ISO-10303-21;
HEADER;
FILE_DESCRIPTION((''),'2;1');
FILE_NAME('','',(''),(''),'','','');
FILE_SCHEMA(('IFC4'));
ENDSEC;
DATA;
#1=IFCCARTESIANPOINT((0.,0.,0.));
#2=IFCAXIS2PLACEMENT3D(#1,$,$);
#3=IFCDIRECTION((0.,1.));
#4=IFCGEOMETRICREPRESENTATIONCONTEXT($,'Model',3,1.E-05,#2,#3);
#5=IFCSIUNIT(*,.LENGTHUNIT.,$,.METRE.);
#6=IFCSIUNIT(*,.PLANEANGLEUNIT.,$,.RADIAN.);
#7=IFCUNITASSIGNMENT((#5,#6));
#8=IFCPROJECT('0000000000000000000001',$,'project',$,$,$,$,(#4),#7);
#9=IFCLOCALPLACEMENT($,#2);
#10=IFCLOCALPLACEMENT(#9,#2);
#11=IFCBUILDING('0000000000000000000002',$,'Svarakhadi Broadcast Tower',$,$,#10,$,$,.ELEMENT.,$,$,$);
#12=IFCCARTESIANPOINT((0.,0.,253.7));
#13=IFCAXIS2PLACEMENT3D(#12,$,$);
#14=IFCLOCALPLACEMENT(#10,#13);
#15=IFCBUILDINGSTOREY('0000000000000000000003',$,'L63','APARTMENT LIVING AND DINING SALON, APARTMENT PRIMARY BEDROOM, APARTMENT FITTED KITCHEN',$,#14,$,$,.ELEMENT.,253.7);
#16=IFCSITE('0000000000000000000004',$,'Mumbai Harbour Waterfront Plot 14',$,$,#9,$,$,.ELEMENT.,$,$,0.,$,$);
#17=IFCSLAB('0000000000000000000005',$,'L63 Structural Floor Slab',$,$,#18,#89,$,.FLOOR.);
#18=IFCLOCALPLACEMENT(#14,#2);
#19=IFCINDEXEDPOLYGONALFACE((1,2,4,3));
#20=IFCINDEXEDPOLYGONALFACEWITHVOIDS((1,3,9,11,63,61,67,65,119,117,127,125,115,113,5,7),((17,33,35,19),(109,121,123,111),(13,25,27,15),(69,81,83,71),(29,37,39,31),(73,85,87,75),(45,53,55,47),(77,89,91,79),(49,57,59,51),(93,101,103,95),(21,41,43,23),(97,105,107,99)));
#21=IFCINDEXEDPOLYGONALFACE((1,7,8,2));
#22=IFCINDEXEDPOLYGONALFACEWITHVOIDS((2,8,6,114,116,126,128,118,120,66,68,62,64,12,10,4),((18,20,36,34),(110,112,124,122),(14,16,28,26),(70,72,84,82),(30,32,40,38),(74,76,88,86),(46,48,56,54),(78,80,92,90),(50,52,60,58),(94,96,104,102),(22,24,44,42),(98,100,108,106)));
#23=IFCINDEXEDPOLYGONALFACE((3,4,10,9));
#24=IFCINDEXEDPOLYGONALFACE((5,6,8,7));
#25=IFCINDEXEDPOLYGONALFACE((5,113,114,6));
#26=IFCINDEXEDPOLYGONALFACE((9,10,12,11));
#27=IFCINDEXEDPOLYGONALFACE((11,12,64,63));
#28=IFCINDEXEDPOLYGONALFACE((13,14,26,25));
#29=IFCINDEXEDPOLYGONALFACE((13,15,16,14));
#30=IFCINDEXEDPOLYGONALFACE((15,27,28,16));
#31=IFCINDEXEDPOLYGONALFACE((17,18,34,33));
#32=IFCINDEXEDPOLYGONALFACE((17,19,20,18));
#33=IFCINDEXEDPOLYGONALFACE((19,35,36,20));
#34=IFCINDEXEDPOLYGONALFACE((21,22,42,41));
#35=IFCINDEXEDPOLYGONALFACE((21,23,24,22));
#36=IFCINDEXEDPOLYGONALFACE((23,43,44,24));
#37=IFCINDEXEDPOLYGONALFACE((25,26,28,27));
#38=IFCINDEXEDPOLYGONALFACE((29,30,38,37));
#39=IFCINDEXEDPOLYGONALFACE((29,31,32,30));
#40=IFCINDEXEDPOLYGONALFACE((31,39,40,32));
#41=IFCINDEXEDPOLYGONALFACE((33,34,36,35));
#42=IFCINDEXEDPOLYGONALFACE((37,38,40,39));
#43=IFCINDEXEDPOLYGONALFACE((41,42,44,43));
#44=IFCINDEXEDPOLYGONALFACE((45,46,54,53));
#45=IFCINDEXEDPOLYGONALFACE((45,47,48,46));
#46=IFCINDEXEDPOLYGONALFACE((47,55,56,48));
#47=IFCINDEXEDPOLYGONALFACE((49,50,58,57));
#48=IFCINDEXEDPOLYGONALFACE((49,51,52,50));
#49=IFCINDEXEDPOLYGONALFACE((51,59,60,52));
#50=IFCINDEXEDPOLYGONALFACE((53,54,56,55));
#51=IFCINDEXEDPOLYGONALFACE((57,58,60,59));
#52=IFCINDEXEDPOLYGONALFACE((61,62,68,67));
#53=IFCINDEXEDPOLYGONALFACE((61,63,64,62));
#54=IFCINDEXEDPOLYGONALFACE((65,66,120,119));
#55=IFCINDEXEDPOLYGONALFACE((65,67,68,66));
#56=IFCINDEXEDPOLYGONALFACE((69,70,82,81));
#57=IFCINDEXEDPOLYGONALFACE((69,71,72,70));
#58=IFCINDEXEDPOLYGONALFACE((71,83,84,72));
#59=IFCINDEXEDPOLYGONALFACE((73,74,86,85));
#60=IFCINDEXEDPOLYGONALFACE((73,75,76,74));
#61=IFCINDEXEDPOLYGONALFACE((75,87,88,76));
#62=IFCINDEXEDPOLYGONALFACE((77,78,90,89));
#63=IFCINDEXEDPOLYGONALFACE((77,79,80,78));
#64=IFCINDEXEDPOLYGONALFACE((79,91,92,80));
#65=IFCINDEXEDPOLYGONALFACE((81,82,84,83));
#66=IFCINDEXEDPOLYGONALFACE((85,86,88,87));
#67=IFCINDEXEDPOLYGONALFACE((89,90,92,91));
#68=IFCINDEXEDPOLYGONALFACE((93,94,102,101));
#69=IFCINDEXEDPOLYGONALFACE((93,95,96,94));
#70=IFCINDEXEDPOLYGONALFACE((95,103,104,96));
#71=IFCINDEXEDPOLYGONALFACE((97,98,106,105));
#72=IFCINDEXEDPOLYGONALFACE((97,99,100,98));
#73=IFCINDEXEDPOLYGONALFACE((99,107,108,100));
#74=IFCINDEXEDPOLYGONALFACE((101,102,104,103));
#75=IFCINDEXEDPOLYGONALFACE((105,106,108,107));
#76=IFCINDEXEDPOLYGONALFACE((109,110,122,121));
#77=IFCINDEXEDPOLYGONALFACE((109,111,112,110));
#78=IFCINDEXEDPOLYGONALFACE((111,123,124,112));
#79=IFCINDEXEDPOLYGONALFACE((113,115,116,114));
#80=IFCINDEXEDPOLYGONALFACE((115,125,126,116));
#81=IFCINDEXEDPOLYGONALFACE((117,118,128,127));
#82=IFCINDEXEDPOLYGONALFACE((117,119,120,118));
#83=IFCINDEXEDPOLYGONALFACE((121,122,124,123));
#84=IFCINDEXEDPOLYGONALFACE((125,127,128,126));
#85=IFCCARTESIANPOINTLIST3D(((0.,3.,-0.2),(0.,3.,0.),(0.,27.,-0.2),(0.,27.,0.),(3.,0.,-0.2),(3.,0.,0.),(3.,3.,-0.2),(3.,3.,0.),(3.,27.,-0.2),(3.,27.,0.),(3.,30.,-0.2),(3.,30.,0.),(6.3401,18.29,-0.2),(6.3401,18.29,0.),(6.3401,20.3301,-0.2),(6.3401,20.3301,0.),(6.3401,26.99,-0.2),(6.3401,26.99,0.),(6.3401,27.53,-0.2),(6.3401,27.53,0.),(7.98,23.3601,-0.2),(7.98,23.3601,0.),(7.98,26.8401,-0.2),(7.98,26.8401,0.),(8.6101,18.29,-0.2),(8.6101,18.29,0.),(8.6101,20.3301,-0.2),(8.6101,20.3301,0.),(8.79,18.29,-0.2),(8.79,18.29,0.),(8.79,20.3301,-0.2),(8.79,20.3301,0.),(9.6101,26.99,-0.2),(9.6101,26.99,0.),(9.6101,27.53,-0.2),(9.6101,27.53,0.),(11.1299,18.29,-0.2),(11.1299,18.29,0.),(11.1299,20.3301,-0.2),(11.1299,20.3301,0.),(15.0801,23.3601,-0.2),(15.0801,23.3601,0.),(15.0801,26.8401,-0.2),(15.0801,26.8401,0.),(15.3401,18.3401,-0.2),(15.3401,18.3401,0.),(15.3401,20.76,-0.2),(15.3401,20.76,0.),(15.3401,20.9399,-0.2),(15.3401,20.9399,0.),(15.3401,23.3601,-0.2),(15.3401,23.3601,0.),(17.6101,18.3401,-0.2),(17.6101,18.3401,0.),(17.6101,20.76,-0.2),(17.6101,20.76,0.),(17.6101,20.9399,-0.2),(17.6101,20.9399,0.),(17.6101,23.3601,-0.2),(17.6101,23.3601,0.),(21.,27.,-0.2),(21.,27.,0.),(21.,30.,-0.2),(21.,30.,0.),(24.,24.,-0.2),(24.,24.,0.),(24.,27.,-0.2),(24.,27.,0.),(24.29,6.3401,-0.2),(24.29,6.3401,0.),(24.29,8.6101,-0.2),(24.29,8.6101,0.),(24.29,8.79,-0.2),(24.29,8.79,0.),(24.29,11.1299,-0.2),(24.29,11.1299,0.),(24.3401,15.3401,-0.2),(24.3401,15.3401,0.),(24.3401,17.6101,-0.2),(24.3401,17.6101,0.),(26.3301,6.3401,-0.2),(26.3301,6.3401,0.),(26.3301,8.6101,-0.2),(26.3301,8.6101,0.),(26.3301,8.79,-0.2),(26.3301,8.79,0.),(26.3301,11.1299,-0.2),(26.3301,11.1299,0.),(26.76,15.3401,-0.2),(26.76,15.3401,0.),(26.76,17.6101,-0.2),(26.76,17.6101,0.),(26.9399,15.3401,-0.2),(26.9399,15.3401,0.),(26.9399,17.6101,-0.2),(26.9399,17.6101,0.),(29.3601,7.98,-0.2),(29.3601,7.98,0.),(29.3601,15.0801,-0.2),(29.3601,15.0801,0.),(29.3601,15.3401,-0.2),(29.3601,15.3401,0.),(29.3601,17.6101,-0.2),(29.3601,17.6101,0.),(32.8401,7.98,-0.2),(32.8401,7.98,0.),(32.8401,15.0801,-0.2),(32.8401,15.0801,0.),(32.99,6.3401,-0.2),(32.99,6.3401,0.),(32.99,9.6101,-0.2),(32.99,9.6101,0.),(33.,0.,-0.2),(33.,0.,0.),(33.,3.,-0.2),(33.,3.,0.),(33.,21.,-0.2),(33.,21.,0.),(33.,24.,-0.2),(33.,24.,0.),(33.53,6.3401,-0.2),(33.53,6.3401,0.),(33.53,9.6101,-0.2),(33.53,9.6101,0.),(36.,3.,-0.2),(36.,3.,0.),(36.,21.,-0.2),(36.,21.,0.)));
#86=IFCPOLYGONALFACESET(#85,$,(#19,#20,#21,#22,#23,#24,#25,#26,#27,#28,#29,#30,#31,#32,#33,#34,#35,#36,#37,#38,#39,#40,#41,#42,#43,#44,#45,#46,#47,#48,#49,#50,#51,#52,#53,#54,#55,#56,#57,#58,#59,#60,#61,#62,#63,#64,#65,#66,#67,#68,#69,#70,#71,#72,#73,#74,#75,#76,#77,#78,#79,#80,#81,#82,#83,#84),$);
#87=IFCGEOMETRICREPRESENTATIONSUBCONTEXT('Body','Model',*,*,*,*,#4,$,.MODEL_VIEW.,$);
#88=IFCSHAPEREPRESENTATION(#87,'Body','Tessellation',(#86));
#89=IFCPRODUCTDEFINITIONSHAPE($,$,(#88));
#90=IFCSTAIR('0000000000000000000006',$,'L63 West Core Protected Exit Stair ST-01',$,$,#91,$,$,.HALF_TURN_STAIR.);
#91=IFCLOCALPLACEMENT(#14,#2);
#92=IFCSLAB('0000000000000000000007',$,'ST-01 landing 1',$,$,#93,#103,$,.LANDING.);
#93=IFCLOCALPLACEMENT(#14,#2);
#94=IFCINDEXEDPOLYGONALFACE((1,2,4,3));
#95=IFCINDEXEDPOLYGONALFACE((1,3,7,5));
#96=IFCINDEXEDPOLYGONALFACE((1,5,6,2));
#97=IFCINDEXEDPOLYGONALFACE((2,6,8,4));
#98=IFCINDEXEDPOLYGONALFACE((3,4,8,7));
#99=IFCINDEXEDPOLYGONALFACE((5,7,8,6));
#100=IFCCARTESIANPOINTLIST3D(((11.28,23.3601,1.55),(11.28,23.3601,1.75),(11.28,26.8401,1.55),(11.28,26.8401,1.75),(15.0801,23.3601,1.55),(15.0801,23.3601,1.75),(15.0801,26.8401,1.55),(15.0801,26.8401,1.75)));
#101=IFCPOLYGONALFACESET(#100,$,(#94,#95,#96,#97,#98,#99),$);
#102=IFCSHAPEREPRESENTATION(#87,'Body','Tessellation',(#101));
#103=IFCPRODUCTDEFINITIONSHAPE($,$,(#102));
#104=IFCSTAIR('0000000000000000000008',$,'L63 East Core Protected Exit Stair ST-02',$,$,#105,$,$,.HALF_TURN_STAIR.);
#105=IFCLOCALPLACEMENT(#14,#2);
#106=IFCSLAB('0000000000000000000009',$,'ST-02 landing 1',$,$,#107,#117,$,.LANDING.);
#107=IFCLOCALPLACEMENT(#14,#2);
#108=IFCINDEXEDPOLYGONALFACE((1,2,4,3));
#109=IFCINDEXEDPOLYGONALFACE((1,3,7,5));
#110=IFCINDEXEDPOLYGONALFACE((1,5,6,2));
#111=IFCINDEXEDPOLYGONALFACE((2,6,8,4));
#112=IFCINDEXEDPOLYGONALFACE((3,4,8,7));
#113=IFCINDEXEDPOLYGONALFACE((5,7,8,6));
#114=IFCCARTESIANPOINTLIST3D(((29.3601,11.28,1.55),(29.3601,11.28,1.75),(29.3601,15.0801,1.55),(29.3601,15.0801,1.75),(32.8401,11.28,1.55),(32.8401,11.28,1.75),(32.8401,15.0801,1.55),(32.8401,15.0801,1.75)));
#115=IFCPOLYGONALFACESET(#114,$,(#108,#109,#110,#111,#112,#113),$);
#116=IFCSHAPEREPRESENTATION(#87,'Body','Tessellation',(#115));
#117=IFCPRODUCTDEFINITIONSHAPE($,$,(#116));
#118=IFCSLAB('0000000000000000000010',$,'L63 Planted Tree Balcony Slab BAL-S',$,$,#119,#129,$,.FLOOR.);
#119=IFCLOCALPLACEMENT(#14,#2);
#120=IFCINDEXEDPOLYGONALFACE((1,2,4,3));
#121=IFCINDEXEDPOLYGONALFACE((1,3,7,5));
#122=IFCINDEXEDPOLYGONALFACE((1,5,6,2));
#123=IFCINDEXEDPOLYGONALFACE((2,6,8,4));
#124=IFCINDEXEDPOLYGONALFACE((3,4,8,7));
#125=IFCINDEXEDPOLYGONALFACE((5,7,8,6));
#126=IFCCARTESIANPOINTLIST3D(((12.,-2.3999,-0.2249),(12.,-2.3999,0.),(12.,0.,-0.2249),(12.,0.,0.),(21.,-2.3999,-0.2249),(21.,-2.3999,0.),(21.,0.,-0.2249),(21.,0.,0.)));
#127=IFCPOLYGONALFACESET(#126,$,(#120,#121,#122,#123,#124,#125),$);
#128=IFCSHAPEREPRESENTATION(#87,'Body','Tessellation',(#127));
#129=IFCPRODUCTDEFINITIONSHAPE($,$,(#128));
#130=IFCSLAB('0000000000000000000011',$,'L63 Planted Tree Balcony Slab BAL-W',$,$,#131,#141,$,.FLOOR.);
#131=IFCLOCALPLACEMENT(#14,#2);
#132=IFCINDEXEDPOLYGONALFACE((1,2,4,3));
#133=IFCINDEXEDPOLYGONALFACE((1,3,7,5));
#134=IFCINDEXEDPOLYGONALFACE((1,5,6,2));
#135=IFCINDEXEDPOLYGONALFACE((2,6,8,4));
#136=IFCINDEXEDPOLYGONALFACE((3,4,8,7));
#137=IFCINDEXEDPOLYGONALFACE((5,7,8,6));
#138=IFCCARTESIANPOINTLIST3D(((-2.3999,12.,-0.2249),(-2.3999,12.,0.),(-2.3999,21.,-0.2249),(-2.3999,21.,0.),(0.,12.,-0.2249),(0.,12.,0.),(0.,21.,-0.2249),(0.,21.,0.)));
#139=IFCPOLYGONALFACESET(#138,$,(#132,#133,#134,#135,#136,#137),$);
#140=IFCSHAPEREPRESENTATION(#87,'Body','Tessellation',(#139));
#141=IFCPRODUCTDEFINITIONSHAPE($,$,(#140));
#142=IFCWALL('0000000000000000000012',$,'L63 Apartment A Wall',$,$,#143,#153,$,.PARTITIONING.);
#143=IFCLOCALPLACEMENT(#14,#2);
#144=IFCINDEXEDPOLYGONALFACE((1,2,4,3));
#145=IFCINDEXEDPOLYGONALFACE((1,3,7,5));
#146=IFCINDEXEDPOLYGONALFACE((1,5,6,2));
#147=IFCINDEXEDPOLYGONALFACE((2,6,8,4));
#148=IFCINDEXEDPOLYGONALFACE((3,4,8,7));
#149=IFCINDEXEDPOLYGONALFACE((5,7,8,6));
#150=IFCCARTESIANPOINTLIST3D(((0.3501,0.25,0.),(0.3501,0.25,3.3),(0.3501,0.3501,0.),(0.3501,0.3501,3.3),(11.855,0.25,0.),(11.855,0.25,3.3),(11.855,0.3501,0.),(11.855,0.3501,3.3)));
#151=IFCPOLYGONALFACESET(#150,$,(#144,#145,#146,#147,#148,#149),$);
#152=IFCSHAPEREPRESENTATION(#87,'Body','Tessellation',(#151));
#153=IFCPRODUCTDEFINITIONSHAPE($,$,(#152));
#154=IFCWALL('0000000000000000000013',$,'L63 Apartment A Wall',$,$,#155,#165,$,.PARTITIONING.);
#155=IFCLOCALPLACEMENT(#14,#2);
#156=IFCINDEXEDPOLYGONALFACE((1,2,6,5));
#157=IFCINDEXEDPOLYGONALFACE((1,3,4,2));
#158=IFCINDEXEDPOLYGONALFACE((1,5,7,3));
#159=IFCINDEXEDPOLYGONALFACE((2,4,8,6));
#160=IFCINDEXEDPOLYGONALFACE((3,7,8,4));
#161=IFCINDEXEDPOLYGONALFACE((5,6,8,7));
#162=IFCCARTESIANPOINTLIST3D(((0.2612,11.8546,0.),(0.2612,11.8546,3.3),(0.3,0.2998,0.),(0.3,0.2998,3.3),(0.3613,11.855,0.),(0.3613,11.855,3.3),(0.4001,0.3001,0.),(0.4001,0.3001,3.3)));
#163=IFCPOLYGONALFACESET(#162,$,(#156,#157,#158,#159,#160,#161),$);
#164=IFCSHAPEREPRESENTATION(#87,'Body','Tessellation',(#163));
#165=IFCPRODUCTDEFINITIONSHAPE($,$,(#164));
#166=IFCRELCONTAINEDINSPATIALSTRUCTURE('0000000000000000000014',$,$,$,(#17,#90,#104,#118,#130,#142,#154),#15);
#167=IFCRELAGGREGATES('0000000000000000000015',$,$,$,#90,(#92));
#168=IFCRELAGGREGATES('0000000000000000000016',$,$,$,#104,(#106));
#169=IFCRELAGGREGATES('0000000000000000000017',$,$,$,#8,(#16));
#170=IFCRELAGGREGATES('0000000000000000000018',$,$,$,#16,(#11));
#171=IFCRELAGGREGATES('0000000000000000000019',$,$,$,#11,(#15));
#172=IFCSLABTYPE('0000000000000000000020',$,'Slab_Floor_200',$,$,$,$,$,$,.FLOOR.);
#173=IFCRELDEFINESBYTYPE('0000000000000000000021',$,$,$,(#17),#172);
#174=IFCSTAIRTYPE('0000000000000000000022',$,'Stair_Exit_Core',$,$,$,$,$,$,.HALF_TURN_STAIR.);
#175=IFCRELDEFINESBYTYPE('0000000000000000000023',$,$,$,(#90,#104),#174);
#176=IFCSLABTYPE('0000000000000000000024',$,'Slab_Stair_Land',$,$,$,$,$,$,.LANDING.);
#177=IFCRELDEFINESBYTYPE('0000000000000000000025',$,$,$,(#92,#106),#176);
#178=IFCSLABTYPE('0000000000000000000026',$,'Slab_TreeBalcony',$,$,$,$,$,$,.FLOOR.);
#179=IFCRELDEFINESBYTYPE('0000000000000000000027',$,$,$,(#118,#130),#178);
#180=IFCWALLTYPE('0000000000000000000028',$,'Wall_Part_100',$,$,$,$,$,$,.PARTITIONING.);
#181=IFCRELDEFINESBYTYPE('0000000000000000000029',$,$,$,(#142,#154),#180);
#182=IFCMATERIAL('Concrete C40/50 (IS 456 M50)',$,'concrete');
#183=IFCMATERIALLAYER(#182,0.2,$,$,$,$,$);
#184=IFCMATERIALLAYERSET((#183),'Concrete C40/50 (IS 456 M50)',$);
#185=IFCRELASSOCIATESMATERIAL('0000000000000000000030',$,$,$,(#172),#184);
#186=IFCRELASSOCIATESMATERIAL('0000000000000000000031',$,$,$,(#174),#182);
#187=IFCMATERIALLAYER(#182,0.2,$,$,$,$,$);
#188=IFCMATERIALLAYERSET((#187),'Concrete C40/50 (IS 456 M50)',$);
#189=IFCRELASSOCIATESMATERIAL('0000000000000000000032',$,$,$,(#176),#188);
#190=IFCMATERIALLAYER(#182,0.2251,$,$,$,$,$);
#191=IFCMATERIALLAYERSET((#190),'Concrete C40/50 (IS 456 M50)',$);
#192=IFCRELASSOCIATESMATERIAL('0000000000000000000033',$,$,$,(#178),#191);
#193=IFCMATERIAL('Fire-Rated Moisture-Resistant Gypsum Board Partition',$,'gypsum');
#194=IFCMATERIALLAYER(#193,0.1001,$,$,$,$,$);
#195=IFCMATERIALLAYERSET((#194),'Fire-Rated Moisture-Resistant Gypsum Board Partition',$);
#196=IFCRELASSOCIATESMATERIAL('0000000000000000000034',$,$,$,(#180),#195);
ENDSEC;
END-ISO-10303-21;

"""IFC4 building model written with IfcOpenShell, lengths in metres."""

from ifc_helpers import new_model, si_unit, direction, frame, frame_2d, origin, place, context, subcontext, project, spatial, polyline, rectangle, outline, extrude, material, layer, layer_set, type_object, element, aggregate, save


model = new_model("IFC4")

# Units and contexts
model_context = context("Model", 3, precision=1e-05, world=origin(), true_north=direction((0.0, 1.0)))
body_context = subcontext(model_context, "Body", "Model", "MODEL_VIEW")
ifc_project = project(units=[si_unit("LENGTHUNIT", "METRE"), si_unit("PLANEANGLEUNIT", "RADIAN")], contexts=[model_context])

# Site, building, storey
site_placement = place(None, origin())
site = spatial("IfcSite", under=ifc_project, at=site_placement, Name="Mumbai Harbour Waterfront Plot 14", CompositionType="ELEMENT", RefElevation=0.0)
building_placement = place(site_placement, origin())
building = spatial("IfcBuilding", under=site, at=building_placement, Name="Svarakhadi Broadcast Tower", CompositionType="ELEMENT")
storey_placement = place(building_placement, frame((0.0, 0.0, 253.7)))
storey = spatial("IfcBuildingStorey", under=building, at=storey_placement, Name="L63", Description="APARTMENT LIVING AND DINING SALON, APARTMENT PRIMARY BEDROOM, APARTMENT FITTED KITCHEN", CompositionType="ELEMENT", Elevation=253.7)

# Slab
ifc_material_1 = material(Name="Concrete C40/50 (IS 456 M50)", Category="concrete")
ifc_layer_1 = layer(ifc_material_1, 0.2)
ifc_layer_set_1 = layer_set([ifc_layer_1], Name="Concrete C40/50 (IS 456 M50)")
slab_type_1 = type_object("IfcSlabType", Name="Slab_Floor_200", PredefinedType="FLOOR", material=ifc_layer_set_1)
slab_1_placement = place(storey_placement, frame((0.0, 0.0, -0.2)))
element("IfcSlab", 1, at=slab_1_placement, inside=storey, type_object=slab_type_1, Name="L63 Structural Floor Slab", PredefinedType="FLOOR", context=body_context, shape_type="SweptSolid", body=[
    extrude(outline(polyline([(3.0, 0.0), (33.0, 0.0), (33.0, 3.0), (36.0, 3.0), (36.0, 21.0), (33.0, 21.0), (33.0, 24.0), (24.0, 24.0), (24.0, 27.0), (21.0, 27.0), (21.0, 30.0), (3.0, 30.0), (3.0, 27.0), (0.0, 27.0), (0.0, 3.0), (3.0, 3.0), (3.0, 0.0)]), holes=[polyline([(7.98, 23.3601), (15.0801, 23.3601), (15.0801, 26.8401), (7.98, 26.8401), (7.98, 23.3601)]), polyline([(32.8401, 7.98), (32.8401, 15.0801), (29.3601, 15.0801), (29.3601, 7.98), (32.8401, 7.98)]), polyline([(6.3401, 18.29), (8.6101, 18.29), (8.6101, 20.3301), (6.3401, 20.3301), (6.3401, 18.29)]), polyline([(8.79, 18.29), (11.1299, 18.29), (11.1299, 20.3301), (8.79, 20.3301), (8.79, 18.29)]), polyline([(24.29, 6.3401), (26.3301, 6.3401), (26.3301, 8.6101), (24.29, 8.6101), (24.29, 6.3401)]), polyline([(24.29, 8.79), (26.3301, 8.79), (26.3301, 11.1299), (24.29, 11.1299), (24.29, 8.79)]), polyline([(6.3401, 26.99), (9.6101, 26.99), (9.6101, 27.53), (6.3401, 27.53), (6.3401, 26.99)]), polyline([(32.99, 6.3401), (33.53, 6.3401), (33.53, 9.6101), (32.99, 9.6101), (32.99, 6.3401)]), polyline([(15.3401, 18.3401), (17.6101, 18.3401), (17.6101, 20.76), (15.3401, 20.76), (15.3401, 18.3401)]), polyline([(15.3401, 20.9399), (17.6101, 20.9399), (17.6101, 23.3601), (15.3401, 23.3601), (15.3401, 20.9399)]), polyline([(24.3401, 15.3401), (26.76, 15.3401), (26.76, 17.6101), (24.3401, 17.6101), (24.3401, 15.3401)]), polyline([(26.9399, 15.3401), (29.3601, 15.3401), (29.3601, 17.6101), (26.9399, 17.6101), (26.9399, 15.3401)])]), origin(), (0.0, 0.0, 1.0), 0.2),
])

# Stairs, slabs
stair_type = type_object("IfcStairType", Name="Stair_Exit_Core", PredefinedType="HALF_TURN_STAIR", material=ifc_material_1)
stair_1_placement = place(storey_placement, origin())
stair_1 = element("IfcStair", 2, at=stair_1_placement, inside=storey, type_object=stair_type, Name="L63 West Core Protected Exit Stair ST-01", PredefinedType="HALF_TURN_STAIR")
ifc_layer_2 = layer(ifc_material_1, 0.2)
ifc_layer_set_2 = layer_set([ifc_layer_2], Name="Concrete C40/50 (IS 456 M50)")
slab_type_2 = type_object("IfcSlabType", Name="Slab_Stair_Land", PredefinedType="LANDING", material=ifc_layer_set_2)
slab_2_placement = place(storey_placement, frame((0.0, 0.0, 1.55)))
slab_2 = element("IfcSlab", 3, at=slab_2_placement, type_object=slab_type_2, Name="ST-01 landing 1", PredefinedType="LANDING", context=body_context, shape_type="SweptSolid", body=[
    extrude(outline(polyline([(11.28, 23.3601), (15.0801, 23.3601), (15.0801, 26.8401), (11.28, 26.8401), (11.28, 23.3601)])), origin(), (0.0, 0.0, 1.0), 0.2),
])
aggregate(stair_1, [slab_2])
stair_2_placement = place(storey_placement, origin())
stair_2 = element("IfcStair", 4, at=stair_2_placement, inside=storey, type_object=stair_type, Name="L63 East Core Protected Exit Stair ST-02", PredefinedType="HALF_TURN_STAIR")
slab_3_placement = place(storey_placement, frame((0.0, 0.0, 1.55)))
slab_3 = element("IfcSlab", 5, at=slab_3_placement, type_object=slab_type_2, Name="ST-02 landing 1", PredefinedType="LANDING", context=body_context, shape_type="SweptSolid", body=[
    extrude(outline(polyline([(32.8401, 11.28), (32.8401, 15.0801), (29.3601, 15.0801), (29.3601, 11.28), (32.8401, 11.28)])), origin(), (0.0, 0.0, 1.0), 0.2),
])
aggregate(stair_2, [slab_3])

# Slabs
ifc_layer_3 = layer(ifc_material_1, 0.2251)
ifc_layer_set_3 = layer_set([ifc_layer_3], Name="Concrete C40/50 (IS 456 M50)")
slab_type_3 = type_object("IfcSlabType", Name="Slab_TreeBalcony", PredefinedType="FLOOR", material=ifc_layer_set_3)
slab_4_placement = place(storey_placement, frame((0.0, 0.0, -0.2249)))
element("IfcSlab", 6, at=slab_4_placement, inside=storey, type_object=slab_type_3, Name="L63 Planted Tree Balcony Slab BAL-S", PredefinedType="FLOOR", context=body_context, shape_type="SweptSolid", body=[
    extrude(outline(polyline([(12.0, -2.3999), (21.0, -2.3999), (21.0, 0.0), (12.0, 0.0), (12.0, -2.3999)])), origin(), (0.0, 0.0, 1.0), 0.2249),
])
slab_5_placement = place(storey_placement, frame((0.0, 0.0, -0.2249)))
element("IfcSlab", 7, at=slab_5_placement, inside=storey, type_object=slab_type_3, Name="L63 Planted Tree Balcony Slab BAL-W", PredefinedType="FLOOR", context=body_context, shape_type="SweptSolid", body=[
    extrude(outline(polyline([(-2.3999, 12.0), (0.0, 12.0), (0.0, 21.0), (-2.3999, 21.0), (-2.3999, 12.0)])), origin(), (0.0, 0.0, 1.0), 0.2249),
])

# Walls
ifc_material_2 = material(Name="Fire-Rated Moisture-Resistant Gypsum Board Partition", Category="gypsum")
ifc_layer_4 = layer(ifc_material_2, 0.1001)
ifc_layer_set_4 = layer_set([ifc_layer_4], Name="Fire-Rated Moisture-Resistant Gypsum Board Partition")
wall_type = type_object("IfcWallType", Name="Wall_Part_100", PredefinedType="PARTITIONING", material=ifc_layer_set_4)
wall_1_placement = place(storey_placement, frame((0.3501, 0.3, 0.0), z_axis=(0.0, 0.0, 1.0), x_axis=(1.0, 0.0, 0.0)))
element("IfcWall", 8, at=wall_1_placement, inside=storey, type_object=wall_type, Name="L63 Apartment A Wall", PredefinedType="PARTITIONING", context=body_context, shape_type="SweptSolid", body=[
    extrude(rectangle(XDim=11.5049, YDim=0.1001, at=frame_2d((5.7524, 0.0))), origin(), (0.0, 0.0, 1.0), 3.3),
])
wall_2_placement = place(storey_placement, frame((0.3501, 0.3, 0.0), z_axis=(0.0, 0.0, 1.0), x_axis=(-0.003359, 0.999994, 0.0)))
element("IfcWall", 9, at=wall_2_placement, inside=storey, type_object=wall_type, Name="L63 Apartment A Wall", PredefinedType="PARTITIONING", context=body_context, shape_type="SweptSolid", body=[
    extrude(rectangle(XDim=11.5549, YDim=0.1001, at=frame_2d((5.7773, 0.0))), origin(), (0.0, 0.0, 1.0), 3.3),
])

save(model, "model.ifc")
